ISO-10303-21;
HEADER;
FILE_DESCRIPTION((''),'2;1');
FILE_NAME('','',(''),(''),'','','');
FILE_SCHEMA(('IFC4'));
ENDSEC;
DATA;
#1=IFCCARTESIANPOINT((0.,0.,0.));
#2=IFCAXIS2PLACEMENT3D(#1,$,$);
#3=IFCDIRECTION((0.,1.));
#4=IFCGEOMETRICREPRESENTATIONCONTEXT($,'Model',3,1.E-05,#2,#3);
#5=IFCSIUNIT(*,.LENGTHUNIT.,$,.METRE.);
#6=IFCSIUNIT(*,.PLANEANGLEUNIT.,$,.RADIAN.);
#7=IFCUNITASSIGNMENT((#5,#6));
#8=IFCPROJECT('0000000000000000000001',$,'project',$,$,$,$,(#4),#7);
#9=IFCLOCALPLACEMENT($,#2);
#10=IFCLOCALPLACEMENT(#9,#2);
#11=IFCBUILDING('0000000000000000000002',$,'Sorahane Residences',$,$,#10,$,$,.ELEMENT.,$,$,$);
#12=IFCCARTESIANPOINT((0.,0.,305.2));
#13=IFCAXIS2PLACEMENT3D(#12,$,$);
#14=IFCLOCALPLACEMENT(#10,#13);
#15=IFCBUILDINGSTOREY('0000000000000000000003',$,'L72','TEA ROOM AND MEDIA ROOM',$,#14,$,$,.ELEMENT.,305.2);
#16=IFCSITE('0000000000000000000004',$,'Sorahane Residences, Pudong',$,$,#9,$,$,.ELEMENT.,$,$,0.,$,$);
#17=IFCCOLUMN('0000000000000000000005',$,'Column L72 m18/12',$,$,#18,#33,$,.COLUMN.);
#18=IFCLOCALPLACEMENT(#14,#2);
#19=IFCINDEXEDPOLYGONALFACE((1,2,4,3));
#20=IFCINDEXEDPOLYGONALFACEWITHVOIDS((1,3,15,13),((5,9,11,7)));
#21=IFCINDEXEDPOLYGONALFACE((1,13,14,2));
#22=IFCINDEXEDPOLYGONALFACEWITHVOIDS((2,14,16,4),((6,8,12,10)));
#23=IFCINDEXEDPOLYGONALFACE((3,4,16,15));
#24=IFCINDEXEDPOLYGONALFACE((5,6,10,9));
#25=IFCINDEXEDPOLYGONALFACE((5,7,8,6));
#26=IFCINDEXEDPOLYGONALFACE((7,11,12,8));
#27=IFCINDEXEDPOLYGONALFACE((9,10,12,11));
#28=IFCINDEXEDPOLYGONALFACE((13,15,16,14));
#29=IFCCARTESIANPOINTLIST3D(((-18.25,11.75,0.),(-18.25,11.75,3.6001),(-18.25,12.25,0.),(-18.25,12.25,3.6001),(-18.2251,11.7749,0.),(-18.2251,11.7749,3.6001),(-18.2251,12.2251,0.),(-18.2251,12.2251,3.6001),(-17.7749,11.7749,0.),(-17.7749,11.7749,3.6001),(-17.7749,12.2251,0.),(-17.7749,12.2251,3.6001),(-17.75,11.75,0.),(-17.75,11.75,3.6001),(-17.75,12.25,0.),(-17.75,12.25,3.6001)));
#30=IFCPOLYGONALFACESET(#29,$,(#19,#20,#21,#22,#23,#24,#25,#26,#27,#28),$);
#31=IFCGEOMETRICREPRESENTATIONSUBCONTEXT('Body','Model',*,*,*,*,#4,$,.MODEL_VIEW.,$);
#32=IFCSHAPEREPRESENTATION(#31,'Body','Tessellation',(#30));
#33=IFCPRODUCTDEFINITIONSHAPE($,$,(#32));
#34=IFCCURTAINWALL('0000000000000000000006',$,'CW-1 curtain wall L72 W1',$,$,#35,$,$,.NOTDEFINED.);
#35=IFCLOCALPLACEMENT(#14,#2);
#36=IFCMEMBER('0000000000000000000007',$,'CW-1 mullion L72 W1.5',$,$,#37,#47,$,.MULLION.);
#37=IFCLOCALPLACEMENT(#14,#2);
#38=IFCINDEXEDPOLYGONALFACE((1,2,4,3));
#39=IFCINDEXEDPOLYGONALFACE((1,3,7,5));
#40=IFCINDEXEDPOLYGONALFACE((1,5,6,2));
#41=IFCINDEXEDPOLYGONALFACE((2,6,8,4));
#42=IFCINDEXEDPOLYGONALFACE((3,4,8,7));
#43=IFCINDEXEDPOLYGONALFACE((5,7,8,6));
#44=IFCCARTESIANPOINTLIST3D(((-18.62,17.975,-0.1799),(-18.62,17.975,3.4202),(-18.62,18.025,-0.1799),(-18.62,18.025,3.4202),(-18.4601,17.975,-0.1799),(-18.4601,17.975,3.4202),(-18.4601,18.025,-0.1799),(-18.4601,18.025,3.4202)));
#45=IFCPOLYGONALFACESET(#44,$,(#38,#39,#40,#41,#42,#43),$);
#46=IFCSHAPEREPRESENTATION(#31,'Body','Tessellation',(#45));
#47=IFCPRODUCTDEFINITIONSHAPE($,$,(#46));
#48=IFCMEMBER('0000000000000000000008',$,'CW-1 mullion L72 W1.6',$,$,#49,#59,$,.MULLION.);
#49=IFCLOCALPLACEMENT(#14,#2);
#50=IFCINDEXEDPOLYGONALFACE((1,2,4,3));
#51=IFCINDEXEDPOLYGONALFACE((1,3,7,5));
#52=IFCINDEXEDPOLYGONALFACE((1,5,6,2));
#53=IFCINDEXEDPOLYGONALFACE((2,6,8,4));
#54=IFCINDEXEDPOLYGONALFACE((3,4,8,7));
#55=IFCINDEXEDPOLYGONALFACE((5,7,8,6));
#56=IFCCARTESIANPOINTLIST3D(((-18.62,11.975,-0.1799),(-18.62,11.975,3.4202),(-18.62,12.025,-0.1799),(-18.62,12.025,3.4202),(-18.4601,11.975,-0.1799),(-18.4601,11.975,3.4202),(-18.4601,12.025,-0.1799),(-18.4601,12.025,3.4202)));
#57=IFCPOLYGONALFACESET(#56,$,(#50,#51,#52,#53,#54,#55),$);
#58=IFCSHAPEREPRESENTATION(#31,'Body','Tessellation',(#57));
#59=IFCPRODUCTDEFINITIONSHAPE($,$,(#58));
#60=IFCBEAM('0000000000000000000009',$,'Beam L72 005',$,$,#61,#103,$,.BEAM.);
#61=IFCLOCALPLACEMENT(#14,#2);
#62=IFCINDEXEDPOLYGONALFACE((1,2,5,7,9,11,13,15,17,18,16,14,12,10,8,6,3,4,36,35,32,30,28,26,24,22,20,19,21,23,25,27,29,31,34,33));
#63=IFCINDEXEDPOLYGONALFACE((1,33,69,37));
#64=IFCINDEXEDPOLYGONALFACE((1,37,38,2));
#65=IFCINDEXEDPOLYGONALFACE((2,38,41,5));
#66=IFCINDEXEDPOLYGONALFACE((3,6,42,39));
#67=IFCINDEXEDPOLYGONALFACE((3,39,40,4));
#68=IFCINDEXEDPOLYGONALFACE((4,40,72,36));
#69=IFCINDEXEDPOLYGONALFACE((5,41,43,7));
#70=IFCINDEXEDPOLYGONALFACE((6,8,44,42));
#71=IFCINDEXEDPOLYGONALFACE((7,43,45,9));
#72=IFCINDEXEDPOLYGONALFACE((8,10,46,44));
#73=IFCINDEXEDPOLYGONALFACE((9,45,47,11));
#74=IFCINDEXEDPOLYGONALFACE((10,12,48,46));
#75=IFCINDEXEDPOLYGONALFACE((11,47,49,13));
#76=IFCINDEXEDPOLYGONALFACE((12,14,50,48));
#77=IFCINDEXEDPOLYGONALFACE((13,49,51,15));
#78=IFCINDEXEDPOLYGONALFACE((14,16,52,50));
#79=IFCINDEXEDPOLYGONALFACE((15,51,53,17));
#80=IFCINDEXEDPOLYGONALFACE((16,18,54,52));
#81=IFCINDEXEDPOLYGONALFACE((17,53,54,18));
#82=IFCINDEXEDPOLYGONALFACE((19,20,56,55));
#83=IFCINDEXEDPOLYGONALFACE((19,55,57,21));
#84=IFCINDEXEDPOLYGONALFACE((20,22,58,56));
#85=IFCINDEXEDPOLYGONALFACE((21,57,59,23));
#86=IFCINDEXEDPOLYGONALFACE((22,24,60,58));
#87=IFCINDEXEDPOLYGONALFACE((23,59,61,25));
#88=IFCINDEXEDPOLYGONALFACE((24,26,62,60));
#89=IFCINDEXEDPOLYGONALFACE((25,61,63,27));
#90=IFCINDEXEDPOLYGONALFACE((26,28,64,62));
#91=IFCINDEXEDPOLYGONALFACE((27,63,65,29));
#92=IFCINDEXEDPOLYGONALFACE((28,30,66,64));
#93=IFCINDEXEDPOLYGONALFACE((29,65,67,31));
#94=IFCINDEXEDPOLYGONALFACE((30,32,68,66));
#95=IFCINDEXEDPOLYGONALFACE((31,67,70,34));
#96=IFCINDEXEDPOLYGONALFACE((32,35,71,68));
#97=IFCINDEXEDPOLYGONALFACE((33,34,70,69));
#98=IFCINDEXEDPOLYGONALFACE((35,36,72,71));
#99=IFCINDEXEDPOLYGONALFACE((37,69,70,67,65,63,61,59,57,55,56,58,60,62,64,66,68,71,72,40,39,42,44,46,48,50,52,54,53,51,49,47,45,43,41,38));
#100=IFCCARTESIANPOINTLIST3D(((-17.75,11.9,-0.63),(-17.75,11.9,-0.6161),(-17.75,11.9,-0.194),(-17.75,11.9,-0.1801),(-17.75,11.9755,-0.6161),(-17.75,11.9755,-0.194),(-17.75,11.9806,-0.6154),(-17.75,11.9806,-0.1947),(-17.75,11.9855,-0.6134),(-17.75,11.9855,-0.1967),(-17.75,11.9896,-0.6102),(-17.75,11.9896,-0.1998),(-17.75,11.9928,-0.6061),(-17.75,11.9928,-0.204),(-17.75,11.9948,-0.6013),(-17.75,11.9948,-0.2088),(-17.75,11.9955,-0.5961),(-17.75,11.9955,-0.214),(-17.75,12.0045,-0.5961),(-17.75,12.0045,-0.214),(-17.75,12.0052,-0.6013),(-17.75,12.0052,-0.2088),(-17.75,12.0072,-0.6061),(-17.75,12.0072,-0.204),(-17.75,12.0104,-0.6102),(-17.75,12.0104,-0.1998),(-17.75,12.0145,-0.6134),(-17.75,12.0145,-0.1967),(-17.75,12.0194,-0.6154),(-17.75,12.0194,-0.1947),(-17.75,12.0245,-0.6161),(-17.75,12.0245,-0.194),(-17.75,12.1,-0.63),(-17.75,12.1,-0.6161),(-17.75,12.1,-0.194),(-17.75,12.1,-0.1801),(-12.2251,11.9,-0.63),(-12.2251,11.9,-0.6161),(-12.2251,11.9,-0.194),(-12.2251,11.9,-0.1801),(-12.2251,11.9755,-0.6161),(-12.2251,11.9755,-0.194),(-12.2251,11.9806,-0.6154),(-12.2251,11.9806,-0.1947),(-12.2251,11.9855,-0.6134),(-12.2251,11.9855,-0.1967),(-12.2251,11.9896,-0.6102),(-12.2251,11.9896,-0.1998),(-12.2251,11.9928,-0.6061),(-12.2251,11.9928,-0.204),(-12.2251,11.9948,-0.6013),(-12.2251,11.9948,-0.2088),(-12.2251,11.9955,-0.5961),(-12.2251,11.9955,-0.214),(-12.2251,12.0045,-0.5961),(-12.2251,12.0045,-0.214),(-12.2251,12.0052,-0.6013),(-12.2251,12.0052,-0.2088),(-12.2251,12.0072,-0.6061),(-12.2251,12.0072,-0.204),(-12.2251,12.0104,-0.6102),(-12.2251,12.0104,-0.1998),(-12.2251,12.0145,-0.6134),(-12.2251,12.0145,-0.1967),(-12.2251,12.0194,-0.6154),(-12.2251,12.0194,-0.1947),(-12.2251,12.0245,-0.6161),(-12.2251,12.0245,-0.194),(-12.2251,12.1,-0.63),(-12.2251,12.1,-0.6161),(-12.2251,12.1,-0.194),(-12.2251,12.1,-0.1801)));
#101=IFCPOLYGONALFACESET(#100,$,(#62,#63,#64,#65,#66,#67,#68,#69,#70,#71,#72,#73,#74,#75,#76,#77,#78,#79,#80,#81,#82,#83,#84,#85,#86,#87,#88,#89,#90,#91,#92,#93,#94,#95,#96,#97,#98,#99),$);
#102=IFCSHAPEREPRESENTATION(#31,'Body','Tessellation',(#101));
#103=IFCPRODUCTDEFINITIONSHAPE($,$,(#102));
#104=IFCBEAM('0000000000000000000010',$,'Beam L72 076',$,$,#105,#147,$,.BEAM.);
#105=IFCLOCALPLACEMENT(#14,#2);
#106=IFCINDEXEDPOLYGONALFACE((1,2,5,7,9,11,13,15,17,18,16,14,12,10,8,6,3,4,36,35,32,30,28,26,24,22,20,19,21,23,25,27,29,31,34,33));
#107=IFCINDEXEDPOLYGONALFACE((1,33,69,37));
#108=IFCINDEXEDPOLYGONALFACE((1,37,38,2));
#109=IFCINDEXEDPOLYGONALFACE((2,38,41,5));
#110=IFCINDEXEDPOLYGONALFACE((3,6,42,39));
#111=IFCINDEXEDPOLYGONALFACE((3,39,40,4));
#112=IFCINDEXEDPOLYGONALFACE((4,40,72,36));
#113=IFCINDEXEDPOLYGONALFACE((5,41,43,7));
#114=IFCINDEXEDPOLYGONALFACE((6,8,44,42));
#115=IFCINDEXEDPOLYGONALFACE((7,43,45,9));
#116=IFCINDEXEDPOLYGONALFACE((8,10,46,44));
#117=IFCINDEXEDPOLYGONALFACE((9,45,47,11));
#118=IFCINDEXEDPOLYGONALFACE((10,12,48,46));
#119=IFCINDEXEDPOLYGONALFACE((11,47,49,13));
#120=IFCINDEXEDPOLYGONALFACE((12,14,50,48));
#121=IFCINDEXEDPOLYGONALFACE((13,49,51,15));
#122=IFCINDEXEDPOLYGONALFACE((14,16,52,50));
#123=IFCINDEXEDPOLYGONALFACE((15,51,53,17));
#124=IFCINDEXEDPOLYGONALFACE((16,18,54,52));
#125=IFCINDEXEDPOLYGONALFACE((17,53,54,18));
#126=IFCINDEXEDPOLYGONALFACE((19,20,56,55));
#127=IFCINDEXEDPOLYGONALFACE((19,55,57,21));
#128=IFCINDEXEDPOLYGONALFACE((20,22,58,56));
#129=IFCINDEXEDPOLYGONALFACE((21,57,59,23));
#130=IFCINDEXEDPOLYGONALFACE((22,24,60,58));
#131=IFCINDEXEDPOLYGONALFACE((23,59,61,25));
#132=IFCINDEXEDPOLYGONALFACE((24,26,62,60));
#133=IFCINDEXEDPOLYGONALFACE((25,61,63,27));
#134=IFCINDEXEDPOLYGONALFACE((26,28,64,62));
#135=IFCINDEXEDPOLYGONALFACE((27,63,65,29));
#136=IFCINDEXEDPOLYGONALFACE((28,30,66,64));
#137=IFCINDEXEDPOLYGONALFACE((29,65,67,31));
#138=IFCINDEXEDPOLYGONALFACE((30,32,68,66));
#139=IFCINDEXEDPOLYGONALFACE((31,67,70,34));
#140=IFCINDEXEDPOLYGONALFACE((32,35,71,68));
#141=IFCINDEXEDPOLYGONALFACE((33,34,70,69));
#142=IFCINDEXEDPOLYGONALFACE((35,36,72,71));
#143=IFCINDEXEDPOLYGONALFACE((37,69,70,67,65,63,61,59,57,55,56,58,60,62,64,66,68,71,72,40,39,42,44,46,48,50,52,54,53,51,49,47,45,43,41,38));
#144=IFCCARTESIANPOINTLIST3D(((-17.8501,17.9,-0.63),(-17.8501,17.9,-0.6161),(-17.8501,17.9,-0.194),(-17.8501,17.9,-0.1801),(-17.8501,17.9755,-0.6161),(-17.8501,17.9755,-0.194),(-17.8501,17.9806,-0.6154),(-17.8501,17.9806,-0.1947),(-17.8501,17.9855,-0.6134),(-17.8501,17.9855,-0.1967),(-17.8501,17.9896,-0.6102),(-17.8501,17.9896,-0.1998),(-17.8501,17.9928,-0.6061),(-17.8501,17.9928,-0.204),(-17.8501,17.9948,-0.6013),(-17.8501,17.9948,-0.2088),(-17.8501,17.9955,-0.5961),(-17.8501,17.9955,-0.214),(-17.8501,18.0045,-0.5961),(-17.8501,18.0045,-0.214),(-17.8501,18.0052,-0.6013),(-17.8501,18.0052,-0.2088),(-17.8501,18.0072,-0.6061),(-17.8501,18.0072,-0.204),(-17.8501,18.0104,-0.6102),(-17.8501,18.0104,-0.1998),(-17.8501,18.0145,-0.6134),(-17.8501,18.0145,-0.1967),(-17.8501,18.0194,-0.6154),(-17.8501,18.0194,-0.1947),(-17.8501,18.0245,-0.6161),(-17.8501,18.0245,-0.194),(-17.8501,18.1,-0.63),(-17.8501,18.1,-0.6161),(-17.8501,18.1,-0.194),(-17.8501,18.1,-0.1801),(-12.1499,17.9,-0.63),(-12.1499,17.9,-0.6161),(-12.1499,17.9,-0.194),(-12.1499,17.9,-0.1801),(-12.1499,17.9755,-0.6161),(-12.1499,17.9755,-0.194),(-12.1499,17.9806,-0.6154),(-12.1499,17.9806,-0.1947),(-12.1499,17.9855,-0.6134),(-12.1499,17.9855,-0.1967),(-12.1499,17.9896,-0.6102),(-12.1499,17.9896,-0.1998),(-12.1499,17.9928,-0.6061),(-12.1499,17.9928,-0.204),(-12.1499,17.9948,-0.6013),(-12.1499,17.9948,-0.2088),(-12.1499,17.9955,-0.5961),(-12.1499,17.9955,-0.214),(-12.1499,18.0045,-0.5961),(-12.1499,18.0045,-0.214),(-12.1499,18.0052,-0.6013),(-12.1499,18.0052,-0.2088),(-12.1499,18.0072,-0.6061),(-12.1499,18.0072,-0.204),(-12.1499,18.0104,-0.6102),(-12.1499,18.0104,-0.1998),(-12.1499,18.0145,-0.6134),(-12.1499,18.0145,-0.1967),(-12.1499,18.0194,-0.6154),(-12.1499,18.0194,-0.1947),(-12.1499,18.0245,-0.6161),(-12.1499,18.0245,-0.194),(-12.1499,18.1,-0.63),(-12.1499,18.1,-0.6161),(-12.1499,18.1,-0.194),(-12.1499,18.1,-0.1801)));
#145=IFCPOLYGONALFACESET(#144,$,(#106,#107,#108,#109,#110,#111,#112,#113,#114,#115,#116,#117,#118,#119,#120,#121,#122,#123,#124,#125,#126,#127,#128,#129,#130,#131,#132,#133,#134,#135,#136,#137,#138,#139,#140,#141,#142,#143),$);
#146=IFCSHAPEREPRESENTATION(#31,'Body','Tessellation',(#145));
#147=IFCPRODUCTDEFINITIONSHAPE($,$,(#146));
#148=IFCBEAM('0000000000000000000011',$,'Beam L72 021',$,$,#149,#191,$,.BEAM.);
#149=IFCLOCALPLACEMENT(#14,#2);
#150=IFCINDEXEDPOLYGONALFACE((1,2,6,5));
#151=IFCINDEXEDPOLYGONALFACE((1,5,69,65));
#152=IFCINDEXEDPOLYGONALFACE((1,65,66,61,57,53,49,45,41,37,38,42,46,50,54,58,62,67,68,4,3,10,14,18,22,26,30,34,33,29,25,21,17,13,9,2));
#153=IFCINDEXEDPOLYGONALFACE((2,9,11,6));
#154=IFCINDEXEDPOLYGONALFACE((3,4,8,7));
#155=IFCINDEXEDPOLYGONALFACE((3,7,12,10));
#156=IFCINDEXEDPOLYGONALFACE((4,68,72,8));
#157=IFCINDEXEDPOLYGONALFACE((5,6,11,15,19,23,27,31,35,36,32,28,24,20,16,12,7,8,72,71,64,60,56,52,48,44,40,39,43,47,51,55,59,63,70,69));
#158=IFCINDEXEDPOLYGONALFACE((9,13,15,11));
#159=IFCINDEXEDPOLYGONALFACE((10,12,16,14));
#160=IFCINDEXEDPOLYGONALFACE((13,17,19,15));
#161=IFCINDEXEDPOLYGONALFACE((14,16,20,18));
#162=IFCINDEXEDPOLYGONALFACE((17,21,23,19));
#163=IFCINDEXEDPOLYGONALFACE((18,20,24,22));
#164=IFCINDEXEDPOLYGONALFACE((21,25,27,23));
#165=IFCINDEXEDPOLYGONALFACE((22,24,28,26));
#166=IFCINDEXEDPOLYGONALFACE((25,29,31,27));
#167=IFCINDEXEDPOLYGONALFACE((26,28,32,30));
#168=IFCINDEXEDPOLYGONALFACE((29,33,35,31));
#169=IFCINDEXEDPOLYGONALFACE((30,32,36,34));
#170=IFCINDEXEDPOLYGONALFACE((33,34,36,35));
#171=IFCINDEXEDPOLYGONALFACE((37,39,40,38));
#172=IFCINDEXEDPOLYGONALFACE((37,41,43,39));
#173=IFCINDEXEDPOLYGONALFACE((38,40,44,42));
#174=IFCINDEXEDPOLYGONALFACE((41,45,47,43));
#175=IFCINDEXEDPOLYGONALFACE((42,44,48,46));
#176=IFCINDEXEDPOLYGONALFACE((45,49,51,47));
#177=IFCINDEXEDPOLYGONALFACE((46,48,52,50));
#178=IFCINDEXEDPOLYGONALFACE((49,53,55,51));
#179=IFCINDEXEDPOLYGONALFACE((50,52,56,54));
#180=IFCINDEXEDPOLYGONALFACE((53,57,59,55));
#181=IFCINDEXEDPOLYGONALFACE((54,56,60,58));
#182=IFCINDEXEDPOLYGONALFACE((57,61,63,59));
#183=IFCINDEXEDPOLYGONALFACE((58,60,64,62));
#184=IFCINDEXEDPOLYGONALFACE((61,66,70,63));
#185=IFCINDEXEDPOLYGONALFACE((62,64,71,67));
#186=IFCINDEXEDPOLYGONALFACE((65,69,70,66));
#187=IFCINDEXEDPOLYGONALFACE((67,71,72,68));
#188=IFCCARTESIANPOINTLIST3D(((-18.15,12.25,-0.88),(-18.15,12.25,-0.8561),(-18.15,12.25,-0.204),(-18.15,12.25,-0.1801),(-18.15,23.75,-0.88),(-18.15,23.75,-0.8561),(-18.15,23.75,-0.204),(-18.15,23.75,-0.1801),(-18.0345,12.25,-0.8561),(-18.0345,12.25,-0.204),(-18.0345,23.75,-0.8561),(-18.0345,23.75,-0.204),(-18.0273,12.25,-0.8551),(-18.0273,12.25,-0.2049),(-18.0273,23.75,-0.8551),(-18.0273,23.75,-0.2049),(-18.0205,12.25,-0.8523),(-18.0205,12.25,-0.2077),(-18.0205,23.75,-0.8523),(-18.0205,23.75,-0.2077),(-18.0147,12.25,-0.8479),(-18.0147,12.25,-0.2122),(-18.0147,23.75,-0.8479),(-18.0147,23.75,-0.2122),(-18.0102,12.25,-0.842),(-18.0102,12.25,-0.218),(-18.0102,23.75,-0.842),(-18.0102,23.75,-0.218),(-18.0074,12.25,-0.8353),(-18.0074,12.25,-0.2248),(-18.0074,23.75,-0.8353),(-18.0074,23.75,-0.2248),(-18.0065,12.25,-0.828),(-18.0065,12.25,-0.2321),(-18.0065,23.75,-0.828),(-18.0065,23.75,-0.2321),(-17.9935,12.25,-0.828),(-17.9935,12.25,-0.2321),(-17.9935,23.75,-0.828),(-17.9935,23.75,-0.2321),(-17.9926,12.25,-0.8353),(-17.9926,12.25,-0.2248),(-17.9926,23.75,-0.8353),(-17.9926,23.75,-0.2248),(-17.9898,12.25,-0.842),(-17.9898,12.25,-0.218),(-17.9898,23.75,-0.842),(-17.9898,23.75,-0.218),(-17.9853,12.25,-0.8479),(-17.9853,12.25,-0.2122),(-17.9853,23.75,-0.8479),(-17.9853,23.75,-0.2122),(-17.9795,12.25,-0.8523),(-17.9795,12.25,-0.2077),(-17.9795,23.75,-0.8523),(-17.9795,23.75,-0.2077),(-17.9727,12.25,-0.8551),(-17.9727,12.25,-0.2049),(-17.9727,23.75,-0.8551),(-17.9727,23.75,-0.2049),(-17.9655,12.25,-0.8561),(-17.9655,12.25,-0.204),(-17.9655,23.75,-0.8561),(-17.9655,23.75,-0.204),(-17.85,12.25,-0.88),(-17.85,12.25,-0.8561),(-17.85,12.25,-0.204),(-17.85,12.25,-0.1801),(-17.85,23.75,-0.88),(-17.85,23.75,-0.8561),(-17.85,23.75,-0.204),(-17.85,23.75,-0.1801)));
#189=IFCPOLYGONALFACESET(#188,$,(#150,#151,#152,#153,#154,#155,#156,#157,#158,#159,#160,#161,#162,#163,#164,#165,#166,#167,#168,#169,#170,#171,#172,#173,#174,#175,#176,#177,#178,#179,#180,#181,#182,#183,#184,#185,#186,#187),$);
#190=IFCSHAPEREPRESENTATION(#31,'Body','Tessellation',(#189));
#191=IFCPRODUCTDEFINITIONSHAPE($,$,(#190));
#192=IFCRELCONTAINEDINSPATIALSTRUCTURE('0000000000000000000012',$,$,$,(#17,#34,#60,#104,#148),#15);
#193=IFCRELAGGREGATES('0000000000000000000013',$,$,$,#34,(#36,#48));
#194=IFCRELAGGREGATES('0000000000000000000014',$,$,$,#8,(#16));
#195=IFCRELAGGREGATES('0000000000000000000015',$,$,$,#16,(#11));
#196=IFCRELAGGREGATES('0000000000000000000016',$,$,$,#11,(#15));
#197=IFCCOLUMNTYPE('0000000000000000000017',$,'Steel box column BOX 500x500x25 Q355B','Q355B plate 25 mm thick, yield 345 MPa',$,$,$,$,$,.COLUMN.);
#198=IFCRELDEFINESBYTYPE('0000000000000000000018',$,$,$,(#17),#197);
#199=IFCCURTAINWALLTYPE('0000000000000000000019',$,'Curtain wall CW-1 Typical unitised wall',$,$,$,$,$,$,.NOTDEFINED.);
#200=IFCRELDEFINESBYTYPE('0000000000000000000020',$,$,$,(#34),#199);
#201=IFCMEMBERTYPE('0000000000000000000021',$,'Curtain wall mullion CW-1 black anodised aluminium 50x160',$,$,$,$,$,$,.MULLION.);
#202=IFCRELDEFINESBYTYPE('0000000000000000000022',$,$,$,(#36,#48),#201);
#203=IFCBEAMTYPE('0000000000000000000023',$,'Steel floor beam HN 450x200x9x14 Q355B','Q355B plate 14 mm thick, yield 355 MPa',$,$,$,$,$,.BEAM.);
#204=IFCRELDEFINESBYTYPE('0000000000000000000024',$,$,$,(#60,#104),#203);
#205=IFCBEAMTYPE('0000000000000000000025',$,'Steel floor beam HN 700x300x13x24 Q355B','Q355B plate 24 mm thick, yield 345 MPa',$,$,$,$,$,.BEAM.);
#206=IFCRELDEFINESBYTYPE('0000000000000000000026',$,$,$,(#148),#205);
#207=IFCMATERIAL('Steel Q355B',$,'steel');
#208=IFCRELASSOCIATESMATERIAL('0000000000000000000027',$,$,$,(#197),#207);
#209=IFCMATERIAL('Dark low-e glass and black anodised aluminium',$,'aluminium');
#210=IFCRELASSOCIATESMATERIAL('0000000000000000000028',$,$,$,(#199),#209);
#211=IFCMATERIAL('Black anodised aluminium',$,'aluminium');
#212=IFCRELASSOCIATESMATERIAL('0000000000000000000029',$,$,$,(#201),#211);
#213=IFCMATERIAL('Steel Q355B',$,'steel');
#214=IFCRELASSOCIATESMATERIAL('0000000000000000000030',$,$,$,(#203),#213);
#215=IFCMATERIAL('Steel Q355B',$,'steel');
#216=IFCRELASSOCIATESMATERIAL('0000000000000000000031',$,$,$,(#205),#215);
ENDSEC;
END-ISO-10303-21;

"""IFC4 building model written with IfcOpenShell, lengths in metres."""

from ifc_helpers import new_model, si_unit, direction, frame, origin, origin_2d, place, context, subcontext, project, spatial, rectangle, hollow_rectangle, i_section, extrude, material, material_profile, profile_set, type_object, element, aggregate, save


model = new_model("IFC4")

# Units and contexts
model_context = context("Model", 3, precision=1e-05, world=origin(), true_north=direction((0.0, 1.0)))
body_context = subcontext(model_context, "Body", "Model", "MODEL_VIEW")
ifc_project = project(units=[si_unit("LENGTHUNIT", "METRE"), si_unit("PLANEANGLEUNIT", "RADIAN")], contexts=[model_context])

# Site, building, storey
site_placement = place(None, origin())
site = spatial("IfcSite", under=ifc_project, at=site_placement, Name="Sorahane Residences, Pudong", CompositionType="ELEMENT", RefElevation=0.0)
building_placement = place(site_placement, origin())
building = spatial("IfcBuilding", under=site, at=building_placement, Name="Sorahane Residences", CompositionType="ELEMENT")
storey_placement = place(building_placement, frame((0.0, 0.0, 305.2)))
storey = spatial("IfcBuildingStorey", under=building, at=storey_placement, Name="L72", Description="TEA ROOM AND MEDIA ROOM", CompositionType="ELEMENT", Elevation=305.2)

# Column
ifc_material_1 = material(Name="Steel Q355B", Category="steel")
ifc_material_profile_1 = material_profile(ifc_material_1, hollow_rectangle(XDim=0.5, YDim=0.5, WallThickness=0.0249, at=origin_2d()), Name="BOX 500x500x25")
ifc_profile_set_1 = profile_set([ifc_material_profile_1], Name="Steel Q355B")
column_type = type_object("IfcColumnType", Name="Steel box column BOX 500x500x25 Q355B", Description="Q355B plate 25 mm thick, yield 345 MPa", PredefinedType="COLUMN", material=ifc_profile_set_1)
column_placement = place(storey_placement, frame((-18.0, 12.0, 0.0), z_axis=(0.0, 0.0, 1.0), x_axis=(1.0, 0.0, 0.0)))
element("IfcColumn", 1, at=column_placement, inside=storey, type_object=column_type, Name="Column L72 m18/12", PredefinedType="COLUMN", context=body_context, shape_type="SweptSolid", body=[
    extrude(hollow_rectangle(XDim=0.5, YDim=0.5, WallThickness=0.0249, at=origin_2d()), origin(), (0.0, 0.0, 1.0), 3.6001),
])

# Curtain wall, members
ifc_material_2 = material(Name="Dark low-e glass and black anodised aluminium", Category="aluminium")
curtain_wall_type = type_object("IfcCurtainWallType", Name="Curtain wall CW-1 Typical unitised wall", PredefinedType="NOTDEFINED", material=ifc_material_2)
curtain_wall_placement = place(storey_placement, origin())
curtain_wall = element("IfcCurtainWall", 2, at=curtain_wall_placement, inside=storey, type_object=curtain_wall_type, Name="CW-1 curtain wall L72 W1", PredefinedType="NOTDEFINED")
ifc_material_3 = material(Name="Black anodised aluminium", Category="aluminium")
ifc_material_profile_2 = material_profile(ifc_material_3, rectangle(XDim=0.1599, YDim=0.05, at=origin_2d()), Name="Curtain wall mullion CW-1 black anodised aluminium 50x160")
ifc_profile_set_2 = profile_set([ifc_material_profile_2], Name="Black anodised aluminium")
member_type = type_object("IfcMemberType", Name="Curtain wall mullion CW-1 black anodised aluminium 50x160", PredefinedType="MULLION", material=ifc_profile_set_2)
member_1_placement = place(storey_placement, frame((-18.54, 18.0, -0.1799), z_axis=(0.0, 0.0, 1.0), x_axis=(-1.0, 0.0, 0.0)))
member_1 = element("IfcMember", 3, at=member_1_placement, type_object=member_type, Name="CW-1 mullion L72 W1.5", PredefinedType="MULLION", context=body_context, shape_type="SweptSolid", body=[
    extrude(rectangle(XDim=0.1599, YDim=0.05, at=origin_2d()), origin(), (0.0, 0.0, 1.0), 3.6001),
])
member_2_placement = place(storey_placement, frame((-18.54, 12.0, -0.1799), z_axis=(0.0, 0.0, 1.0), x_axis=(-1.0, 0.0, 0.0)))
member_2 = element("IfcMember", 4, at=member_2_placement, type_object=member_type, Name="CW-1 mullion L72 W1.6", PredefinedType="MULLION", context=body_context, shape_type="SweptSolid", body=[
    extrude(rectangle(XDim=0.1599, YDim=0.05, at=origin_2d()), origin(), (0.0, 0.0, 1.0), 3.6001),
])

# Beams
ifc_material_4 = material(Name="Steel Q355B", Category="steel")
ifc_material_profile_3 = material_profile(ifc_material_4, i_section(OverallWidth=0.2, OverallDepth=0.45, WebThickness=0.009, FlangeThickness=0.0139, FilletRadius=0.02, at=origin_2d()), Name="HN 450x200x9x14")
ifc_profile_set_3 = profile_set([ifc_material_profile_3], Name="Steel Q355B")
beam_type_1 = type_object("IfcBeamType", Name="Steel floor beam HN 450x200x9x14 Q355B", Description="Q355B plate 14 mm thick, yield 355 MPa", PredefinedType="BEAM", material=ifc_profile_set_3)
beam_1_placement = place(storey_placement, frame((-17.75, 12.0, -0.405), z_axis=(1.0, 0.0, 0.0), x_axis=(0.0, 1.0, 0.0)))
element("IfcBeam", 5, at=beam_1_placement, inside=storey, type_object=beam_type_1, Name="Beam L72 005", PredefinedType="BEAM", context=body_context, shape_type="SweptSolid", body=[
    extrude(i_section(OverallWidth=0.2, OverallDepth=0.45, WebThickness=0.009, FlangeThickness=0.0139, FilletRadius=0.02, at=origin_2d()), origin(), (0.0, 0.0, 1.0), 5.5249),
])
beam_2_placement = place(storey_placement, frame((-17.8501, 18.0, -0.405), z_axis=(1.0, 0.0, 0.0), x_axis=(0.0, 1.0, 0.0)))
element("IfcBeam", 6, at=beam_2_placement, inside=storey, type_object=beam_type_1, Name="Beam L72 076", PredefinedType="BEAM", context=body_context, shape_type="SweptSolid", body=[
    extrude(i_section(OverallWidth=0.2, OverallDepth=0.45, WebThickness=0.009, FlangeThickness=0.0139, FilletRadius=0.02, at=origin_2d()), origin(), (0.0, 0.0, 1.0), 5.7002),
])
ifc_material_5 = material(Name="Steel Q355B", Category="steel")
ifc_material_profile_4 = material_profile(ifc_material_5, i_section(OverallWidth=0.3, OverallDepth=0.7, WebThickness=0.0129, FlangeThickness=0.0239, FilletRadius=0.0281, at=origin_2d()), Name="HN 700x300x13x24")
ifc_profile_set_4 = profile_set([ifc_material_profile_4], Name="Steel Q355B")
beam_type_2 = type_object("IfcBeamType", Name="Steel floor beam HN 700x300x13x24 Q355B", Description="Q355B plate 24 mm thick, yield 345 MPa", PredefinedType="BEAM", material=ifc_profile_set_4)
beam_3_placement = place(storey_placement, frame((-18.0, 12.25, -0.53), z_axis=(0.0, 1.0, 0.0), x_axis=(-1.0, 0.0, 0.0)))
element("IfcBeam", 7, at=beam_3_placement, inside=storey, type_object=beam_type_2, Name="Beam L72 021", PredefinedType="BEAM", context=body_context, shape_type="SweptSolid", body=[
    extrude(i_section(OverallWidth=0.3, OverallDepth=0.7, WebThickness=0.0129, FlangeThickness=0.0239, FilletRadius=0.0281, at=origin_2d()), origin(), (0.0, 0.0, 1.0), 11.5),
])

aggregate(curtain_wall, [member_1, member_2])

save(model, "model.ifc")
